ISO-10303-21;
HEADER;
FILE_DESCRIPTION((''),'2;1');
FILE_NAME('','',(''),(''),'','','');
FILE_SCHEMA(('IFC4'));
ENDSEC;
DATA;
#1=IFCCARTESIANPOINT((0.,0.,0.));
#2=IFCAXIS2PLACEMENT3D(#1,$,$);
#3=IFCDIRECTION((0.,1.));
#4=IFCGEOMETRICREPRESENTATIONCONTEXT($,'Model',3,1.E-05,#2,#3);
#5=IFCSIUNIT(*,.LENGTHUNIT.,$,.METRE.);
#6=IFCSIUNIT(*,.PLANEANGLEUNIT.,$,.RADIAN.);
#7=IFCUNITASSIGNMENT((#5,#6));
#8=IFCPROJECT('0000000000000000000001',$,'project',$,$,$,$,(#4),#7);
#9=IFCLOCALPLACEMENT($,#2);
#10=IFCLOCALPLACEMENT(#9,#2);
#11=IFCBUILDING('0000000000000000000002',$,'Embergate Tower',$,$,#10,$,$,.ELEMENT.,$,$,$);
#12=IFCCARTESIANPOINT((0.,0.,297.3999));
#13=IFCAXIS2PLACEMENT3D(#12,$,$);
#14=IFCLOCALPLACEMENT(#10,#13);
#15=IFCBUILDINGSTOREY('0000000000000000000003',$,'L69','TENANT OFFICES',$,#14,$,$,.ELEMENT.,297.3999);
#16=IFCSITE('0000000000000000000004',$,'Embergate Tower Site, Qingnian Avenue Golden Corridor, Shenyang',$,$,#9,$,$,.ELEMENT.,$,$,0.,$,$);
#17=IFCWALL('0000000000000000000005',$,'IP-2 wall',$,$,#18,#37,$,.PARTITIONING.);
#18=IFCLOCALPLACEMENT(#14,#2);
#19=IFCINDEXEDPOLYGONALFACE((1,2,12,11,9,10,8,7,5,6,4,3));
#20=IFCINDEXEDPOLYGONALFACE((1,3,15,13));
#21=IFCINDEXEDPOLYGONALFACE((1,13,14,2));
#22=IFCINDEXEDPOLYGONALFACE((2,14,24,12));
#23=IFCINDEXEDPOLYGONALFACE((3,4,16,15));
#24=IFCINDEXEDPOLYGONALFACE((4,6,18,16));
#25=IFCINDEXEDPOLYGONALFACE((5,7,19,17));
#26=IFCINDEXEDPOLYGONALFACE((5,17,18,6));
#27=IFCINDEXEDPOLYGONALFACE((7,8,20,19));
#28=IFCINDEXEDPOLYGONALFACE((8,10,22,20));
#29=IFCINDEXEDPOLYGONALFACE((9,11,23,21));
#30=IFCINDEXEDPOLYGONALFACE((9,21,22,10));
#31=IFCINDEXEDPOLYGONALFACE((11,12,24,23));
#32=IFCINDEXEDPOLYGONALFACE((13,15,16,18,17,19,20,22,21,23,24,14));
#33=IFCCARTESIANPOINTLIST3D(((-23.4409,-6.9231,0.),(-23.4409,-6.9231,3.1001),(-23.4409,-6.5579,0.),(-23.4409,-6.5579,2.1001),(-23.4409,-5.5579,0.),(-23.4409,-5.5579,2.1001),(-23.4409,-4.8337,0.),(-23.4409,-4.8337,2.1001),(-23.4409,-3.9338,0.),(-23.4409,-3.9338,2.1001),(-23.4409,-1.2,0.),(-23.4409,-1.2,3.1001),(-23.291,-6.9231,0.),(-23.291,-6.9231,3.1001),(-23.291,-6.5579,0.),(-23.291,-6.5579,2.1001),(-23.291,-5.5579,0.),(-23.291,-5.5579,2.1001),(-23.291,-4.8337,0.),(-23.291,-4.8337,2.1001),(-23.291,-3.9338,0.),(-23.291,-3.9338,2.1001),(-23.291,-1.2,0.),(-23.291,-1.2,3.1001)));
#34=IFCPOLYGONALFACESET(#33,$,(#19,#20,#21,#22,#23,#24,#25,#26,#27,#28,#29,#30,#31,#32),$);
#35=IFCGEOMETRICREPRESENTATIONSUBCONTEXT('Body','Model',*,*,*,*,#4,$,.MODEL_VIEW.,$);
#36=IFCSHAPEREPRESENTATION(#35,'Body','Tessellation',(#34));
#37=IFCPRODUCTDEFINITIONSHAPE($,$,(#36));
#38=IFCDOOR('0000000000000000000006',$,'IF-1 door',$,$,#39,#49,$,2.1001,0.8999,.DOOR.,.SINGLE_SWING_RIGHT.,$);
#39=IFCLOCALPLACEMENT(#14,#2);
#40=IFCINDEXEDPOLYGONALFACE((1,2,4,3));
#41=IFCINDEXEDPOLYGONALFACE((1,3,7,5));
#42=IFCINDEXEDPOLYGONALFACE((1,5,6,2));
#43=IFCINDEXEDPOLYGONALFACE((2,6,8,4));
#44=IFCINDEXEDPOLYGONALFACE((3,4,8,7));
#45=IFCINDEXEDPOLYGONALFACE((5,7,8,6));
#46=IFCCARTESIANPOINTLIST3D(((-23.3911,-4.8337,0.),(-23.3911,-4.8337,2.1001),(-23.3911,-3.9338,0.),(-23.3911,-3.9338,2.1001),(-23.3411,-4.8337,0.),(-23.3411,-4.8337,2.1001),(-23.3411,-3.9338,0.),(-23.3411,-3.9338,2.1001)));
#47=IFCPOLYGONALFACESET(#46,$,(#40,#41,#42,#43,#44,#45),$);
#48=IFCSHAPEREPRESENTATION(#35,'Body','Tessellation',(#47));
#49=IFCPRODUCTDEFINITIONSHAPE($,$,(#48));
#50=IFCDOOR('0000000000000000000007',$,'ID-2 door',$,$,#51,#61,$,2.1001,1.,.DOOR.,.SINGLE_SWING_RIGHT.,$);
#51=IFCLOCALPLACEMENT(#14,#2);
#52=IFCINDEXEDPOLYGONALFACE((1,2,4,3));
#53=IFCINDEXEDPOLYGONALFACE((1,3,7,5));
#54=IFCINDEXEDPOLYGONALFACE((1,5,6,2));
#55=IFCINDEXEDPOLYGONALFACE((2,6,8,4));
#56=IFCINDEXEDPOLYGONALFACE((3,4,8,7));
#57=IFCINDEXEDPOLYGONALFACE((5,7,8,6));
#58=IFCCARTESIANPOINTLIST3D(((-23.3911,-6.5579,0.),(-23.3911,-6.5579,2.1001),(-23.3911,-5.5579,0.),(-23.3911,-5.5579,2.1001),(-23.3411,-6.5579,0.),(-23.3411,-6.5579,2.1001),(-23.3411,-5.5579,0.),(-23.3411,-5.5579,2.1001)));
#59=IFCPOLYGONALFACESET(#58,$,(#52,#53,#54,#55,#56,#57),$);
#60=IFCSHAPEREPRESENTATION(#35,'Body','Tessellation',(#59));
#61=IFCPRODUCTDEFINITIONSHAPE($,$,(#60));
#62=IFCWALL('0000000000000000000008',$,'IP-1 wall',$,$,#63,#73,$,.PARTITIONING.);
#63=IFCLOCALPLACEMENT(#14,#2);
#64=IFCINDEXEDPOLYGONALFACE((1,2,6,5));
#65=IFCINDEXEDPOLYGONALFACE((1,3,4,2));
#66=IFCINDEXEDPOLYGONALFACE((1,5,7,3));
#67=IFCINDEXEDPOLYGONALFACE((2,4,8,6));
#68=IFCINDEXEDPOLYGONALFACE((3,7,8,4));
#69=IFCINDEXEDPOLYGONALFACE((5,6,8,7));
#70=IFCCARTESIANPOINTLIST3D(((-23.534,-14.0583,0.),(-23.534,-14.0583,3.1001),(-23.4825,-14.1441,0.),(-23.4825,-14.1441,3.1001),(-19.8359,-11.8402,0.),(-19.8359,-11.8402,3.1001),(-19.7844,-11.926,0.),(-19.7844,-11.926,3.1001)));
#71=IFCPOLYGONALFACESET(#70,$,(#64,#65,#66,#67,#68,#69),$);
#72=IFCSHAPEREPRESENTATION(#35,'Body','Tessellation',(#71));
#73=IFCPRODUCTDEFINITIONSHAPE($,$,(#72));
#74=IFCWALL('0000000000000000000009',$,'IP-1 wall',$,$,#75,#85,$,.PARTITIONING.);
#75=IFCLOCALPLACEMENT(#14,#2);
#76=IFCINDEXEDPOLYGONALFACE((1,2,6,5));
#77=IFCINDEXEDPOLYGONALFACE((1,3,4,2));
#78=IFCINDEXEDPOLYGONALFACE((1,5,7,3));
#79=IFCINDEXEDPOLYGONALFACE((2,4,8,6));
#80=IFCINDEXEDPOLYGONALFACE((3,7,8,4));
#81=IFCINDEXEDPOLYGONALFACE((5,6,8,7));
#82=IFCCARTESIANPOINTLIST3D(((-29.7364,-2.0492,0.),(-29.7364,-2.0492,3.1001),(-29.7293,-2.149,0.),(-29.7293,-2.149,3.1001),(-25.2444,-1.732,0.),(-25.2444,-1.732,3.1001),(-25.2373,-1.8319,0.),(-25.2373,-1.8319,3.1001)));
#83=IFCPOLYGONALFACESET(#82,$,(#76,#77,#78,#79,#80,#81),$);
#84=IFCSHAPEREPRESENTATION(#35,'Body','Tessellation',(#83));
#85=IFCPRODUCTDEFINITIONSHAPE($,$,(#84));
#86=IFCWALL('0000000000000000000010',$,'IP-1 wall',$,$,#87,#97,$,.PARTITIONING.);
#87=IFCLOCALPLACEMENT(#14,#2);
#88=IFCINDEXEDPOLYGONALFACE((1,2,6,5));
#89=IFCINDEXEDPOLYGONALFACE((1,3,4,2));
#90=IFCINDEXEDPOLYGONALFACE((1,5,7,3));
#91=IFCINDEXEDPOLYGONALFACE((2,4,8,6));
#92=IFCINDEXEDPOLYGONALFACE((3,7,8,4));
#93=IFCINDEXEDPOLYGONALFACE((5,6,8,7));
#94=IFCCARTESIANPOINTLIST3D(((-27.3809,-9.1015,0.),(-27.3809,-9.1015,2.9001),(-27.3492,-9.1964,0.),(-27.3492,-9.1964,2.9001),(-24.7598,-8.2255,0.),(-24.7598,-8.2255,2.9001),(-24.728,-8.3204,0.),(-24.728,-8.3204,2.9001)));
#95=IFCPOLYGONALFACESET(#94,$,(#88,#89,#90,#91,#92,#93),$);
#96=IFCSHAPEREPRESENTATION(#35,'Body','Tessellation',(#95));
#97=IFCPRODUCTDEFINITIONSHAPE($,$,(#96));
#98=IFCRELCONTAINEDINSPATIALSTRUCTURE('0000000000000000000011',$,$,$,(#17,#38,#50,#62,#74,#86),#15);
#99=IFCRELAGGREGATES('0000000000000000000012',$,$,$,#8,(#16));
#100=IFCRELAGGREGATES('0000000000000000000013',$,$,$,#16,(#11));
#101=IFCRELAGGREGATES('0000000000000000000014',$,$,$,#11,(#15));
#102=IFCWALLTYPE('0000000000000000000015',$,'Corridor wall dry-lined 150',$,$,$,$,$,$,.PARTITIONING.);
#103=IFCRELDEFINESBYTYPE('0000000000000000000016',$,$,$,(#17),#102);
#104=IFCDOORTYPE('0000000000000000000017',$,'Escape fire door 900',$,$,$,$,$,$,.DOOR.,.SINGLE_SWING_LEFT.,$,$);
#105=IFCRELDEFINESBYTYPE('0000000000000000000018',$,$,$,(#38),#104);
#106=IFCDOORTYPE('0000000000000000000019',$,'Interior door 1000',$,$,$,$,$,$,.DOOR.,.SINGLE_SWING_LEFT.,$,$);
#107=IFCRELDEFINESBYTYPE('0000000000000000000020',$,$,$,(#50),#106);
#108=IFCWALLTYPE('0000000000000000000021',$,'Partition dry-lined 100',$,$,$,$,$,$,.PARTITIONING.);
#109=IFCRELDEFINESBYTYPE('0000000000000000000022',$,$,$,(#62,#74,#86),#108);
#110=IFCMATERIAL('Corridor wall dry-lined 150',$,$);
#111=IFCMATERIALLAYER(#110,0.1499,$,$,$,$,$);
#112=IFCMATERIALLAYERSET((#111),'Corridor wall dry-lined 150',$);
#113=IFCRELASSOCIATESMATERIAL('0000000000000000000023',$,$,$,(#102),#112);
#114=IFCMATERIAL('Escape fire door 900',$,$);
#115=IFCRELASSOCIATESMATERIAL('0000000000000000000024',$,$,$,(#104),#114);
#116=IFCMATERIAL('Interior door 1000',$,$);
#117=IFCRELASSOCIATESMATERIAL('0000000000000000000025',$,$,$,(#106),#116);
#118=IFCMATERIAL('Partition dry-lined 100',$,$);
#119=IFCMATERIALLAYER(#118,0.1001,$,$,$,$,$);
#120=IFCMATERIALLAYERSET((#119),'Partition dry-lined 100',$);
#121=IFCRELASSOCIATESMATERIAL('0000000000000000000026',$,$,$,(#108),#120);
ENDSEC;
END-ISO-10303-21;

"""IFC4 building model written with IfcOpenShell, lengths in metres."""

from ifc_helpers import new_model, si_unit, direction, frame, frame_2d, origin, place, context, subcontext, project, spatial, rectangle, extrude, source, transform, mapped, material, layer, layer_set, type_object, element, fill, save


model = new_model("IFC4")

# Units and contexts
model_context = context("Model", 3, precision=1e-05, world=origin(), true_north=direction((0.0, 1.0)))
body_context = subcontext(model_context, "Body", "Model", "MODEL_VIEW")
ifc_project = project(units=[si_unit("LENGTHUNIT", "METRE"), si_unit("PLANEANGLEUNIT", "RADIAN")], contexts=[model_context])

# Site, building, storey
site_placement = place(None, origin())
site = spatial("IfcSite", under=ifc_project, at=site_placement, Name="Embergate Tower Site, Qingnian Avenue Golden Corridor, Shenyang", CompositionType="ELEMENT", RefElevation=0.0)
building_placement = place(site_placement, origin())
building = spatial("IfcBuilding", under=site, at=building_placement, Name="Embergate Tower", CompositionType="ELEMENT")
storey_placement = place(building_placement, frame((0.0, 0.0, 297.3999)))
storey = spatial("IfcBuildingStorey", under=building, at=storey_placement, Name="L69", Description="TENANT OFFICES", CompositionType="ELEMENT", Elevation=297.3999)

# Shared definitions
ifc_material_1 = material(Name="Corridor wall dry-lined 150")
ifc_layer_1 = layer(ifc_material_1, 0.1499)
ifc_layer_set_1 = layer_set([ifc_layer_1], Name="Corridor wall dry-lined 150")
wall_type_1 = type_object("IfcWallType", Name="Corridor wall dry-lined 150", PredefinedType="PARTITIONING", material=ifc_layer_set_1)
shared_shape_1 = source(origin(), body_context, "Body", "SweptSolid", [
    extrude(rectangle(XDim=0.8999, YDim=2.1001, at=frame_2d((0.45, 1.05))), frame((0.0, 0.085, 0.0), z_axis=(0.0, -1.0, 0.0), x_axis=(1.0, 0.0, 0.0)), (0.0, 0.0, 1.0), 0.1699),
])
ifc_material_2 = material(Name="Escape fire door 900")
door_type_1 = type_object("IfcDoorType", Name="Escape fire door 900", OperationType="SINGLE_SWING_LEFT", PredefinedType="DOOR", material=ifc_material_2)
shared_shape_2 = source(origin(), body_context, "Body", "SweptSolid", [
    extrude(rectangle(XDim=0.8999, YDim=2.1001, at=frame_2d((0.45, 1.05))), frame((0.0, 0.0249, 0.0), z_axis=(0.0, -1.0, 0.0), x_axis=(1.0, 0.0, 0.0)), (0.0, 0.0, 1.0), 0.05),
])

# Shared definitions
shared_shape_3 = source(origin(), body_context, "Body", "SweptSolid", [
    extrude(rectangle(XDim=1.0, YDim=2.1001, at=frame_2d((0.5, 1.05))), frame((0.0, 0.085, 0.0), z_axis=(0.0, -1.0, 0.0), x_axis=(1.0, 0.0, 0.0)), (0.0, 0.0, 1.0), 0.1699),
])
ifc_material_3 = material(Name="Interior door 1000")
door_type_2 = type_object("IfcDoorType", Name="Interior door 1000", OperationType="SINGLE_SWING_LEFT", PredefinedType="DOOR", material=ifc_material_3)
shared_shape_4 = source(origin(), body_context, "Body", "SweptSolid", [
    extrude(rectangle(XDim=1.0, YDim=2.1001, at=frame_2d((0.5, 1.05))), frame((0.0, 0.0249, 0.0), z_axis=(0.0, -1.0, 0.0), x_axis=(1.0, 0.0, 0.0)), (0.0, 0.0, 1.0), 0.05),
])

# Wall, openings, doors
shared_shape_5 = source(origin(), body_context, "Body", "SweptSolid", [
    extrude(rectangle(XDim=5.7231, YDim=0.1499, at=frame_2d((2.8616, 0.0))), origin(), (0.0, 0.0, 1.0), 3.1001),
])
wall_1_placement = place(storey_placement, frame((-23.366, -1.2, 0.0), z_axis=(0.0, 0.0, 1.0), x_axis=(0.0, -1.0, 0.0)))
wall_1 = element("IfcWall", 1, at=wall_1_placement, inside=storey, type_object=wall_type_1, Name="IP-2 wall", PredefinedType="PARTITIONING", context=body_context, shape_type="MappedRepresentation", body=[
    mapped(shared_shape_5, transform((0.0, 0.0, 0.0))),
])
opening_1_placement = place(wall_1_placement, frame((2.7339, 0.0, 0.0)))
opening_1 = element("IfcOpeningElement", 2, at=opening_1_placement, cuts=wall_1, PredefinedType="OPENING", context=body_context, shape_type="MappedRepresentation", body=[
    mapped(shared_shape_1, transform((0.0, 0.0, 0.0))),
])
opening_2_placement = place(wall_1_placement, frame((4.3579, 0.0, 0.0)))
opening_2 = element("IfcOpeningElement", 3, at=opening_2_placement, cuts=wall_1, PredefinedType="OPENING", context=body_context, shape_type="MappedRepresentation", body=[
    mapped(shared_shape_3, transform((0.0, 0.0, 0.0))),
])
door_1_placement = place(opening_1_placement, origin())
door_1 = element("IfcDoor", 4, at=door_1_placement, inside=storey, type_object=door_type_1, Name="IF-1 door", OperationType="SINGLE_SWING_RIGHT", OverallHeight=2.1001, OverallWidth=0.8999, PredefinedType="DOOR", context=body_context, shape_type="MappedRepresentation", body=[
    mapped(shared_shape_2, transform((0.0, 0.0, 0.0))),
])
fill(opening_1, door_1)
door_2_placement = place(opening_2_placement, origin())
door_2 = element("IfcDoor", 5, at=door_2_placement, inside=storey, type_object=door_type_2, Name="ID-2 door", OperationType="SINGLE_SWING_RIGHT", OverallHeight=2.1001, OverallWidth=1.0, PredefinedType="DOOR", context=body_context, shape_type="MappedRepresentation", body=[
    mapped(shared_shape_4, transform((0.0, 0.0, 0.0))),
])
fill(opening_2, door_2)

# Walls
ifc_material_4 = material(Name="Partition dry-lined 100")
ifc_layer_2 = layer(ifc_material_4, 0.1001)
ifc_layer_set_2 = layer_set([ifc_layer_2], Name="Partition dry-lined 100")
wall_type_2 = type_object("IfcWallType", Name="Partition dry-lined 100", PredefinedType="PARTITIONING", material=ifc_layer_set_2)
shared_shape_6 = source(origin(), body_context, "Body", "SweptSolid", [
    extrude(rectangle(XDim=4.3123, YDim=0.1001, at=frame_2d((2.1562, 0.0))), origin(), (0.0, 0.0, 1.0), 3.1001),
])
wall_2_placement = place(storey_placement, frame((-19.8101, -11.8831, 0.0), z_axis=(0.0, 0.0, 1.0), x_axis=(-0.857573, -0.514363, 0.0)))
element("IfcWall", 6, at=wall_2_placement, inside=storey, type_object=wall_type_2, Name="IP-1 wall", PredefinedType="PARTITIONING", context=body_context, shape_type="MappedRepresentation", body=[
    mapped(shared_shape_6, transform((0.0, 0.0, 0.0))),
])
shared_shape_7 = source(origin(), body_context, "Body", "SweptSolid", [
    extrude(rectangle(XDim=4.5032, YDim=0.1001, at=frame_2d((2.2515, 0.0))), origin(), (0.0, 0.0, 1.0), 3.1001),
])
wall_3_placement = place(storey_placement, frame((-25.241, -1.782, 0.0), z_axis=(0.0, 0.0, 1.0), x_axis=(-0.997517, -0.070426, 0.0)))
element("IfcWall", 7, at=wall_3_placement, inside=storey, type_object=wall_type_2, Name="IP-1 wall", PredefinedType="PARTITIONING", context=body_context, shape_type="MappedRepresentation", body=[
    mapped(shared_shape_7, transform((0.0, 0.0, 0.0))),
])
shared_shape_8 = source(origin(), body_context, "Body", "SweptSolid", [
    extrude(rectangle(XDim=2.7637, YDim=0.1001, at=frame_2d((1.3818, 0.0))), origin(), (0.0, 0.0, 1.0), 2.9001),
])
wall_4_placement = place(storey_placement, frame((-24.7439, -8.2729, 0.0), z_axis=(0.0, 0.0, 1.0), x_axis=(-0.948436, -0.31697, 0.0)))
element("IfcWall", 8, at=wall_4_placement, inside=storey, type_object=wall_type_2, Name="IP-1 wall", PredefinedType="PARTITIONING", context=body_context, shape_type="MappedRepresentation", body=[
    mapped(shared_shape_8, transform((0.0, 0.0, 0.0))),
])

save(model, "model.ifc")
